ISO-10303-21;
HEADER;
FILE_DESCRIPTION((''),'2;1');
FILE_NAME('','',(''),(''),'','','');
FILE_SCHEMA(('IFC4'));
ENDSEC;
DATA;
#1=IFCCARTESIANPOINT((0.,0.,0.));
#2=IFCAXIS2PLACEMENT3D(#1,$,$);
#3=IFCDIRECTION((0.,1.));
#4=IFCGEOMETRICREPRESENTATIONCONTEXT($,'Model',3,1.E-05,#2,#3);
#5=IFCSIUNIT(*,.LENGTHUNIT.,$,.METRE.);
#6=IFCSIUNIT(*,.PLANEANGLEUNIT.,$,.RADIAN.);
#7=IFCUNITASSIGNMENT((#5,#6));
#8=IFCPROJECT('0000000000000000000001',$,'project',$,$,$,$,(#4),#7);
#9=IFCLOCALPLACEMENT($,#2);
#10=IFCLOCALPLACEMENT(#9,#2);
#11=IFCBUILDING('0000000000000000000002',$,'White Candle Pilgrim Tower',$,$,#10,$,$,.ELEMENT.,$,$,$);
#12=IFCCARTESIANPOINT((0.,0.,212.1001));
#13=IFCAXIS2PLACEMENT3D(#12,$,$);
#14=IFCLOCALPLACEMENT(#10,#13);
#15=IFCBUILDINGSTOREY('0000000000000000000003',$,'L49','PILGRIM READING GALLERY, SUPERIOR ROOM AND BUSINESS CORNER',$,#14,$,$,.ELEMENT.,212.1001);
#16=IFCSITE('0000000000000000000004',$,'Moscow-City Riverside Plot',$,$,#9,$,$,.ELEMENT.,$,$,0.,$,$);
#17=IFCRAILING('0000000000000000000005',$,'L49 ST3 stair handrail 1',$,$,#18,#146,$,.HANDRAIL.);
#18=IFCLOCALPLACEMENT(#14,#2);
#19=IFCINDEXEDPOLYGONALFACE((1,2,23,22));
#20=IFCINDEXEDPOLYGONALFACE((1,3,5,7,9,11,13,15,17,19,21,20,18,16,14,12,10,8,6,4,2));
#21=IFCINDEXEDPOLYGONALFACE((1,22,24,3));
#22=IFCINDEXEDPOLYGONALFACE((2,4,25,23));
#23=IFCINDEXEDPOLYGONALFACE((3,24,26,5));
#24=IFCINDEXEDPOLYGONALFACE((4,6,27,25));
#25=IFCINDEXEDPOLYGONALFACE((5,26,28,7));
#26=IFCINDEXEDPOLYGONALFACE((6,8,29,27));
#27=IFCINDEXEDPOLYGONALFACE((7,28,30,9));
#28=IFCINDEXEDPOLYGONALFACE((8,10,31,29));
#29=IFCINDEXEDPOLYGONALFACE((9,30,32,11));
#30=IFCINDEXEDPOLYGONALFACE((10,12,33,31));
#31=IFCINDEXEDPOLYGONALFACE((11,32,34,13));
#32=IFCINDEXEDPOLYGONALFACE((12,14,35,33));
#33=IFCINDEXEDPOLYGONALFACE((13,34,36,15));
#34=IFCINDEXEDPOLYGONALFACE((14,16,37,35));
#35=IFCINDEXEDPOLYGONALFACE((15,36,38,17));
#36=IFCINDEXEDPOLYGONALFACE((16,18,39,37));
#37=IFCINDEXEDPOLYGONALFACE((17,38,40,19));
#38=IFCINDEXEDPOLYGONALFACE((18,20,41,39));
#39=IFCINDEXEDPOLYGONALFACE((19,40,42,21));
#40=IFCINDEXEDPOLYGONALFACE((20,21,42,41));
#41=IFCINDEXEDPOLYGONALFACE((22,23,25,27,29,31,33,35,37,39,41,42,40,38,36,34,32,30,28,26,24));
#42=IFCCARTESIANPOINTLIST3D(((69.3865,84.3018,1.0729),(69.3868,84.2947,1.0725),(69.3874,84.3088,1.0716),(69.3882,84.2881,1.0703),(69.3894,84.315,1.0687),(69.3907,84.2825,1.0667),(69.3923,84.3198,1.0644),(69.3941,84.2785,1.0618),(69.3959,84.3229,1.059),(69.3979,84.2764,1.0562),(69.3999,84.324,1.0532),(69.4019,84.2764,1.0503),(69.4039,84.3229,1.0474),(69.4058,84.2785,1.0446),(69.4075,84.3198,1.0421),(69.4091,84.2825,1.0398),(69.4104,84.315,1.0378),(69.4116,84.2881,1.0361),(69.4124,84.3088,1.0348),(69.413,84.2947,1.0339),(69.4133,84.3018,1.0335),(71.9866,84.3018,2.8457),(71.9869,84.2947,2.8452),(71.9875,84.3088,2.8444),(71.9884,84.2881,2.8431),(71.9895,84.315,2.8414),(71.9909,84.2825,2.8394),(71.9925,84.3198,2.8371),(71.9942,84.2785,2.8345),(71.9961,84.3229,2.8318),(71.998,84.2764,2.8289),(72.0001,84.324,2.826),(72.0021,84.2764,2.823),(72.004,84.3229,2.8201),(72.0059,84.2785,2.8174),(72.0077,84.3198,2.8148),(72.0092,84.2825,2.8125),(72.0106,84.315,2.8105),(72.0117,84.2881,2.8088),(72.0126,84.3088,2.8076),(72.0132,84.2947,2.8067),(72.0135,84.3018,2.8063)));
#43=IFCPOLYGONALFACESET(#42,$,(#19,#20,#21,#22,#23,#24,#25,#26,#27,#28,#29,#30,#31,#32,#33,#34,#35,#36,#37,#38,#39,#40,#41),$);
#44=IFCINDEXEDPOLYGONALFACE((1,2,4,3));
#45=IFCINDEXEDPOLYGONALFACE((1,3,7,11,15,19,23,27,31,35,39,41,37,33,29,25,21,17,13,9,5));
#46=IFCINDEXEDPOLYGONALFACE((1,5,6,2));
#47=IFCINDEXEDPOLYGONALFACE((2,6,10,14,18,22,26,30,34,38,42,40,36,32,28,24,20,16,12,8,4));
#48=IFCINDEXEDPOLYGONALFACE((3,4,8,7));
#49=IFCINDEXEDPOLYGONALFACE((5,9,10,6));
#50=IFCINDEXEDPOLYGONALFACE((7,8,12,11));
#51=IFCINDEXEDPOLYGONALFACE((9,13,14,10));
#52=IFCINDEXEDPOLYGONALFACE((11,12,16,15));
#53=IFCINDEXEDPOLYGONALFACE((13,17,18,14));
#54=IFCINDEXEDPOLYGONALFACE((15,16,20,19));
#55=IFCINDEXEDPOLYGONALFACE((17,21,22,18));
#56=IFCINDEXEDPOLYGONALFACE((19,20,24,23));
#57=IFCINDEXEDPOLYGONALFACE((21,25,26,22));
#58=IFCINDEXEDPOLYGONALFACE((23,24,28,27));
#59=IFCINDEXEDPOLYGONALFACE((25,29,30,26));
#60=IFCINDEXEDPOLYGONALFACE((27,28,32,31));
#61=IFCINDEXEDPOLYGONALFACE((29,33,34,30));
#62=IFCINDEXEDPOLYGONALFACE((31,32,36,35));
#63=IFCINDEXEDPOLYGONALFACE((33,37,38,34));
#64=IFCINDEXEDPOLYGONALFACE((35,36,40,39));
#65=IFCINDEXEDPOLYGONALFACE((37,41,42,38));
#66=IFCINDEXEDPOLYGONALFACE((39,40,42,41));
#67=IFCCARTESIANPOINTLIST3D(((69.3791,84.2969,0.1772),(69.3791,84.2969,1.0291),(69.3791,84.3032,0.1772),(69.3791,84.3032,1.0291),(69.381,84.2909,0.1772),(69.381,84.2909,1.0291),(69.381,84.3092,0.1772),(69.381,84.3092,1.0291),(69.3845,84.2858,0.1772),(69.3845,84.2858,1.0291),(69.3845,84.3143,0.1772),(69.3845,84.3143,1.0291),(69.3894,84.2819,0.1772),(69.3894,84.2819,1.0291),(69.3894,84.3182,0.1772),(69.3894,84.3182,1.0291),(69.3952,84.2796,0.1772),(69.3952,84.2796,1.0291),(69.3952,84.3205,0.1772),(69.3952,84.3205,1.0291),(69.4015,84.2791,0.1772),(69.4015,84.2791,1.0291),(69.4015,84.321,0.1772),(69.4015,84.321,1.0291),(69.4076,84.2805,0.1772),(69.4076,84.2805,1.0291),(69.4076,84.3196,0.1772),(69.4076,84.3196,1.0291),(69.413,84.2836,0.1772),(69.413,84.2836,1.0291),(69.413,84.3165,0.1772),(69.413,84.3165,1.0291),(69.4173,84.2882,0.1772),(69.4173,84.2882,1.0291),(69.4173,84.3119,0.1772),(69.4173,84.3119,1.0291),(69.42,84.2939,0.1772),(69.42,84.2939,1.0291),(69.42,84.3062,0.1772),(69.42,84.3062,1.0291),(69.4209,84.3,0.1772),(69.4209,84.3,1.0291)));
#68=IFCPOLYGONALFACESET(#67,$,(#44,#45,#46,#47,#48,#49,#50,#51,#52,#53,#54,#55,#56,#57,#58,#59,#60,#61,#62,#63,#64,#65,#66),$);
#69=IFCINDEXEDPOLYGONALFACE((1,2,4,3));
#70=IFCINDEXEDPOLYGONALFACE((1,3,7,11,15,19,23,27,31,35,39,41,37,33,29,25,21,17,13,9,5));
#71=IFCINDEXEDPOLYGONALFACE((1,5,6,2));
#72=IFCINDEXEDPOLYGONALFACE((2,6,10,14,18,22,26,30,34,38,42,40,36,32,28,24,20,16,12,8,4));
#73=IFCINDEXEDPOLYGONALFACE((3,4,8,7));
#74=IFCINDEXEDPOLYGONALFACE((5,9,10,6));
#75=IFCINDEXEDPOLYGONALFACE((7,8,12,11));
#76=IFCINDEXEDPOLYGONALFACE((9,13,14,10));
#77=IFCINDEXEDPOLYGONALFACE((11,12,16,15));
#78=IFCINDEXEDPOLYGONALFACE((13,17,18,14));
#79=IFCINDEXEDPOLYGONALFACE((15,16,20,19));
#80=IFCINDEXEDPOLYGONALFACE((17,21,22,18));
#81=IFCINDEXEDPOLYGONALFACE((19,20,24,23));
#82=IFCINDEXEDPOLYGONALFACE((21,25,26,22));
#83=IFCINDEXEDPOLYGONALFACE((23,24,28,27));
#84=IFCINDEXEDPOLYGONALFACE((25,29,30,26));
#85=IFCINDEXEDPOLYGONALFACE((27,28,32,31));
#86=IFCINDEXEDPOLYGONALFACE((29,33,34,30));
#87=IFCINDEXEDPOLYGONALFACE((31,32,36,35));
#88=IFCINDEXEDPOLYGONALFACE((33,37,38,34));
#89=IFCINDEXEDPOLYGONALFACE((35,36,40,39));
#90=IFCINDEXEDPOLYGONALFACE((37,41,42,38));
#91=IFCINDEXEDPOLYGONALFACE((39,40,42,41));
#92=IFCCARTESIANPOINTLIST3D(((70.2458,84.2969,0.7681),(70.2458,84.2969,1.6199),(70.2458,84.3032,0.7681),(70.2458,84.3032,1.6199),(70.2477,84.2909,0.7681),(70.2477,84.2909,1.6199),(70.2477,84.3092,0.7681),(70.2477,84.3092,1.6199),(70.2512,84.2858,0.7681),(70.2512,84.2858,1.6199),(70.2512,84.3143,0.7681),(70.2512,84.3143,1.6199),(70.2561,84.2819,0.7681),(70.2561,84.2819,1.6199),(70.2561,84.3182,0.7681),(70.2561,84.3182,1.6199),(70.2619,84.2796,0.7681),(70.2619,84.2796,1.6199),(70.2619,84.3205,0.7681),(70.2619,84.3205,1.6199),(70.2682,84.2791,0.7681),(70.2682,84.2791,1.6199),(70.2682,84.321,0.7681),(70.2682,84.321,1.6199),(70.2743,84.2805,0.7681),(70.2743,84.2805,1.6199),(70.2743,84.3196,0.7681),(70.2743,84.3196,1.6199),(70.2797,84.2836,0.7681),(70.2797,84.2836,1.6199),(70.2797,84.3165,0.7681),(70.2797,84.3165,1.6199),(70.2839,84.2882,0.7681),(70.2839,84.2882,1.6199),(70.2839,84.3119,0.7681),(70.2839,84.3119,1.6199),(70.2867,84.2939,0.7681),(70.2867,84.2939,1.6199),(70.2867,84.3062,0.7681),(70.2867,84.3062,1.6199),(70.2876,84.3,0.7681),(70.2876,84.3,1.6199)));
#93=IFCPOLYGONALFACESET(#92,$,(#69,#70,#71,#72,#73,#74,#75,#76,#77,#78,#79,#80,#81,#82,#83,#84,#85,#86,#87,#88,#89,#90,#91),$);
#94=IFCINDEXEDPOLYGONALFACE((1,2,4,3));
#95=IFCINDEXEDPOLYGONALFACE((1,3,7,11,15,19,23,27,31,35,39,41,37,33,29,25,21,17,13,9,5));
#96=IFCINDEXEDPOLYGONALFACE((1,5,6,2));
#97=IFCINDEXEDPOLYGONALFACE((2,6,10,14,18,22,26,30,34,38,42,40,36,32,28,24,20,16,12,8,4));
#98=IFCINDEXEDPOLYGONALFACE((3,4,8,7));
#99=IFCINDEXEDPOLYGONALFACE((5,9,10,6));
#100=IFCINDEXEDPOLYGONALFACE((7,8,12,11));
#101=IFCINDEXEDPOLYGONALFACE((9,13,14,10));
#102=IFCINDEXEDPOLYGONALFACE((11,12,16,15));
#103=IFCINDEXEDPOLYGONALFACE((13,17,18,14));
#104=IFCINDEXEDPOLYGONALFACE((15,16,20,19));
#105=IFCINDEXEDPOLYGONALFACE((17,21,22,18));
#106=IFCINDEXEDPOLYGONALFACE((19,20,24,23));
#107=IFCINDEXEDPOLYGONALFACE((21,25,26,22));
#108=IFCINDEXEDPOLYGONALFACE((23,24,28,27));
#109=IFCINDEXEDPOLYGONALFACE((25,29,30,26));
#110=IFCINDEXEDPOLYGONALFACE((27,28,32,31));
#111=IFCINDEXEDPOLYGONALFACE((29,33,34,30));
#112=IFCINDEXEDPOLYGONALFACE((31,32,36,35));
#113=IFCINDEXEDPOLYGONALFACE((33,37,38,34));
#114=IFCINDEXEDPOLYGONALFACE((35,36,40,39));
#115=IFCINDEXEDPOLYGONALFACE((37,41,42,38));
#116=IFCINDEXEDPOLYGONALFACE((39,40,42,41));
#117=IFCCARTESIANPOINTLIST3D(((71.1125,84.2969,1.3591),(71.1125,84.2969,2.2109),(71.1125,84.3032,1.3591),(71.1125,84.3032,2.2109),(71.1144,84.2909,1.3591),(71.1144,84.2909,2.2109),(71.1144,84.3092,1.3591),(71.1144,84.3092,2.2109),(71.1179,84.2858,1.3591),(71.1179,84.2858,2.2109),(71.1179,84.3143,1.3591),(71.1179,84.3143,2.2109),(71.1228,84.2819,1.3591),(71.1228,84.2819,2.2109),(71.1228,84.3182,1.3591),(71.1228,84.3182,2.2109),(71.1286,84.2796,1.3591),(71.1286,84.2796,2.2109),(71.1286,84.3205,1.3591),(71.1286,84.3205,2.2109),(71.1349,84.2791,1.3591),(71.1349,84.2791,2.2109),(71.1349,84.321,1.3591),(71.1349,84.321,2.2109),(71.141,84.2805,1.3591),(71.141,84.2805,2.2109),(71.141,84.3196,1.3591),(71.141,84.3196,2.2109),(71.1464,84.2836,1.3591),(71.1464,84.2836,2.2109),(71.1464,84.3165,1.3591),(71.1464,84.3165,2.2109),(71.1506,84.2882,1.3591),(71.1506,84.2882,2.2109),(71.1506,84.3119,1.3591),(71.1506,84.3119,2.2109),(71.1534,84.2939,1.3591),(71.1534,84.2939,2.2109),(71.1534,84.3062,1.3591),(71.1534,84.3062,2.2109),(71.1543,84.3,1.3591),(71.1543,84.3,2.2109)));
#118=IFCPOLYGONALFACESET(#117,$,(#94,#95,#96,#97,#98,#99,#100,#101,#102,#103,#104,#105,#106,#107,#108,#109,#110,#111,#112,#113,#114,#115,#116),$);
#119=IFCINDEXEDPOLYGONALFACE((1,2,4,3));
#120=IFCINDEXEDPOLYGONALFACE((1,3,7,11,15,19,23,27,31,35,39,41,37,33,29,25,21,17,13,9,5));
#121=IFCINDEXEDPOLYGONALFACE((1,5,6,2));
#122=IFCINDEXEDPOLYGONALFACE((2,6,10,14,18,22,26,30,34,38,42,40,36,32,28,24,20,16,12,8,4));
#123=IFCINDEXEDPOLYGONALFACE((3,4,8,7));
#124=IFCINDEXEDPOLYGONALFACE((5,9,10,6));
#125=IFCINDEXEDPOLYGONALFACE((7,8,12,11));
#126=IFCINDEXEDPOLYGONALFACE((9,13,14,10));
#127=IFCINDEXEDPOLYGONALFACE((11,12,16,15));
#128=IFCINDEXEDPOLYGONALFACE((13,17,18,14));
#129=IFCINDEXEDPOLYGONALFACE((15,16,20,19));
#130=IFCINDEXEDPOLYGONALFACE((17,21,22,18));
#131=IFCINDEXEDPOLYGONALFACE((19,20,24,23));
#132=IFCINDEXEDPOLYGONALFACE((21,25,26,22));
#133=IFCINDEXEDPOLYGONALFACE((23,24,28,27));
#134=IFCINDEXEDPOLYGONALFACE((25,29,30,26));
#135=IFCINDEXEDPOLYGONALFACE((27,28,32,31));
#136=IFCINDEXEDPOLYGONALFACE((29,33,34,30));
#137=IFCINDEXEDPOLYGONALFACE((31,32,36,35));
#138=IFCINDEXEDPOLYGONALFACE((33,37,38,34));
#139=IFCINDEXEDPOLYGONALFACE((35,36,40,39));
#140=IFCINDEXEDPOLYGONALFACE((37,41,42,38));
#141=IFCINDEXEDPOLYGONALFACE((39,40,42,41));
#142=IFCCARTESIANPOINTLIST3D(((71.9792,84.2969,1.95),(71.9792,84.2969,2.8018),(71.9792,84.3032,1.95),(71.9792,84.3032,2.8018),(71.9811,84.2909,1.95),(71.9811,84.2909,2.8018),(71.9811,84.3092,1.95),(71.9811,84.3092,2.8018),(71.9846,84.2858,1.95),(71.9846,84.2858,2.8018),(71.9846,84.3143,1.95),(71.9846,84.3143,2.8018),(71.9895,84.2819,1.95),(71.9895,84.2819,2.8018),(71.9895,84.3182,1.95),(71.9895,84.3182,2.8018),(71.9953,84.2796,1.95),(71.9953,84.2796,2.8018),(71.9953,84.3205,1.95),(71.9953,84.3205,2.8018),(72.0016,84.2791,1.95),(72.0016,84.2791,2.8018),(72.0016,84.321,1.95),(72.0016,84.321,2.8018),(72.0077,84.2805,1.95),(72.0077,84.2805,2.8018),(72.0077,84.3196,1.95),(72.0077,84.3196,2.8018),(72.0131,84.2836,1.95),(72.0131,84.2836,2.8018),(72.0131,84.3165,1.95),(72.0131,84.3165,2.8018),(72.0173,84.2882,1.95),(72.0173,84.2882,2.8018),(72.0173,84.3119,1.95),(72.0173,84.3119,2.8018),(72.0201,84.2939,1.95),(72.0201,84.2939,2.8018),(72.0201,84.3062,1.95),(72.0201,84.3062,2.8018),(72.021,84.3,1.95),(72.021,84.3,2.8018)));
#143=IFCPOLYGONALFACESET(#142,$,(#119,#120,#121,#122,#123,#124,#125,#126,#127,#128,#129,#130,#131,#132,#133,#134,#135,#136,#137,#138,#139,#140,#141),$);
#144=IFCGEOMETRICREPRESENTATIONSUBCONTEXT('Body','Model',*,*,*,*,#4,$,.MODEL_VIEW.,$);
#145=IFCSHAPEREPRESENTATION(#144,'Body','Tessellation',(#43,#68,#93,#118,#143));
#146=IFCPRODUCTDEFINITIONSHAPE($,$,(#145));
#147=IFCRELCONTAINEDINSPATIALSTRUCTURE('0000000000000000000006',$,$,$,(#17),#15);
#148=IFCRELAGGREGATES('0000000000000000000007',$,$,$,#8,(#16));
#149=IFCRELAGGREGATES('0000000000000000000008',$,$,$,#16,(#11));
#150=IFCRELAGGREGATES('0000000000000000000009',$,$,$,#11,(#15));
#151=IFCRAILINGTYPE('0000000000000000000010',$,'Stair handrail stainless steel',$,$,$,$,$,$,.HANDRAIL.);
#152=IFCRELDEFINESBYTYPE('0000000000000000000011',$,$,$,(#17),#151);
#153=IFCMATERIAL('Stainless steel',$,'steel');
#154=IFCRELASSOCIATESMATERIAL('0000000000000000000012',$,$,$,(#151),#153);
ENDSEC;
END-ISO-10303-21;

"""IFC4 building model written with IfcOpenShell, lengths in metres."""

from ifc_helpers import new_model, si_unit, direction, frame, origin, origin_2d, place, context, subcontext, project, spatial, circle, extrude, material, type_object, element, save


model = new_model("IFC4")

# Units and contexts
model_context = context("Model", 3, precision=1e-05, world=origin(), true_north=direction((0.0, 1.0)))
body_context = subcontext(model_context, "Body", "Model", "MODEL_VIEW")
ifc_project = project(units=[si_unit("LENGTHUNIT", "METRE"), si_unit("PLANEANGLEUNIT", "RADIAN")], contexts=[model_context])

# Site, building, storey
site_placement = place(None, origin())
site = spatial("IfcSite", under=ifc_project, at=site_placement, Name="Moscow-City Riverside Plot", CompositionType="ELEMENT", RefElevation=0.0)
building_placement = place(site_placement, origin())
building = spatial("IfcBuilding", under=site, at=building_placement, Name="White Candle Pilgrim Tower", CompositionType="ELEMENT")
storey_placement = place(building_placement, frame((0.0, 0.0, 212.1001)))
storey = spatial("IfcBuildingStorey", under=building, at=storey_placement, Name="L49", Description="PILGRIM READING GALLERY, SUPERIOR ROOM AND BUSINESS CORNER", CompositionType="ELEMENT", Elevation=212.1001)

# Railing
ifc_material_1 = material(Name="Stainless steel", Category="steel")
railing_type_1 = type_object("IfcRailingType", Name="Stair handrail stainless steel", PredefinedType="HANDRAIL", material=ifc_material_1)
railing_1_placement = place(storey_placement, frame((69.3999, 84.3, 0.1772)))
element("IfcRailing", 1, at=railing_1_placement, inside=storey, type_object=railing_type_1, Name="L49 ST3 stair handrail 1", PredefinedType="HANDRAIL", context=body_context, shape_type="SweptSolid", body=[
    extrude(circle(Radius=0.0239, at=origin_2d()), frame((0.0, 0.0, 0.876), z_axis=(0.82624, 0.0, 0.563318), x_axis=(0.0, 1.0, 0.0)), (0.0, 0.0, 1.0), 3.147),
    extrude(circle(Radius=0.021, at=origin_2d()), origin(), (0.0, 0.0, 1.0), 0.8518),
    extrude(circle(Radius=0.021, at=origin_2d()), frame((0.8667, 0.0, 0.5908)), (0.0, 0.0, 1.0), 0.8518),
    extrude(circle(Radius=0.021, at=origin_2d()), frame((1.7334, 0.0, 1.1819)), (0.0, 0.0, 1.0), 0.8518),
    extrude(circle(Radius=0.021, at=origin_2d()), frame((2.6001, 0.0, 1.7727)), (0.0, 0.0, 1.0), 0.8518),
])

save(model, "model.ifc")
